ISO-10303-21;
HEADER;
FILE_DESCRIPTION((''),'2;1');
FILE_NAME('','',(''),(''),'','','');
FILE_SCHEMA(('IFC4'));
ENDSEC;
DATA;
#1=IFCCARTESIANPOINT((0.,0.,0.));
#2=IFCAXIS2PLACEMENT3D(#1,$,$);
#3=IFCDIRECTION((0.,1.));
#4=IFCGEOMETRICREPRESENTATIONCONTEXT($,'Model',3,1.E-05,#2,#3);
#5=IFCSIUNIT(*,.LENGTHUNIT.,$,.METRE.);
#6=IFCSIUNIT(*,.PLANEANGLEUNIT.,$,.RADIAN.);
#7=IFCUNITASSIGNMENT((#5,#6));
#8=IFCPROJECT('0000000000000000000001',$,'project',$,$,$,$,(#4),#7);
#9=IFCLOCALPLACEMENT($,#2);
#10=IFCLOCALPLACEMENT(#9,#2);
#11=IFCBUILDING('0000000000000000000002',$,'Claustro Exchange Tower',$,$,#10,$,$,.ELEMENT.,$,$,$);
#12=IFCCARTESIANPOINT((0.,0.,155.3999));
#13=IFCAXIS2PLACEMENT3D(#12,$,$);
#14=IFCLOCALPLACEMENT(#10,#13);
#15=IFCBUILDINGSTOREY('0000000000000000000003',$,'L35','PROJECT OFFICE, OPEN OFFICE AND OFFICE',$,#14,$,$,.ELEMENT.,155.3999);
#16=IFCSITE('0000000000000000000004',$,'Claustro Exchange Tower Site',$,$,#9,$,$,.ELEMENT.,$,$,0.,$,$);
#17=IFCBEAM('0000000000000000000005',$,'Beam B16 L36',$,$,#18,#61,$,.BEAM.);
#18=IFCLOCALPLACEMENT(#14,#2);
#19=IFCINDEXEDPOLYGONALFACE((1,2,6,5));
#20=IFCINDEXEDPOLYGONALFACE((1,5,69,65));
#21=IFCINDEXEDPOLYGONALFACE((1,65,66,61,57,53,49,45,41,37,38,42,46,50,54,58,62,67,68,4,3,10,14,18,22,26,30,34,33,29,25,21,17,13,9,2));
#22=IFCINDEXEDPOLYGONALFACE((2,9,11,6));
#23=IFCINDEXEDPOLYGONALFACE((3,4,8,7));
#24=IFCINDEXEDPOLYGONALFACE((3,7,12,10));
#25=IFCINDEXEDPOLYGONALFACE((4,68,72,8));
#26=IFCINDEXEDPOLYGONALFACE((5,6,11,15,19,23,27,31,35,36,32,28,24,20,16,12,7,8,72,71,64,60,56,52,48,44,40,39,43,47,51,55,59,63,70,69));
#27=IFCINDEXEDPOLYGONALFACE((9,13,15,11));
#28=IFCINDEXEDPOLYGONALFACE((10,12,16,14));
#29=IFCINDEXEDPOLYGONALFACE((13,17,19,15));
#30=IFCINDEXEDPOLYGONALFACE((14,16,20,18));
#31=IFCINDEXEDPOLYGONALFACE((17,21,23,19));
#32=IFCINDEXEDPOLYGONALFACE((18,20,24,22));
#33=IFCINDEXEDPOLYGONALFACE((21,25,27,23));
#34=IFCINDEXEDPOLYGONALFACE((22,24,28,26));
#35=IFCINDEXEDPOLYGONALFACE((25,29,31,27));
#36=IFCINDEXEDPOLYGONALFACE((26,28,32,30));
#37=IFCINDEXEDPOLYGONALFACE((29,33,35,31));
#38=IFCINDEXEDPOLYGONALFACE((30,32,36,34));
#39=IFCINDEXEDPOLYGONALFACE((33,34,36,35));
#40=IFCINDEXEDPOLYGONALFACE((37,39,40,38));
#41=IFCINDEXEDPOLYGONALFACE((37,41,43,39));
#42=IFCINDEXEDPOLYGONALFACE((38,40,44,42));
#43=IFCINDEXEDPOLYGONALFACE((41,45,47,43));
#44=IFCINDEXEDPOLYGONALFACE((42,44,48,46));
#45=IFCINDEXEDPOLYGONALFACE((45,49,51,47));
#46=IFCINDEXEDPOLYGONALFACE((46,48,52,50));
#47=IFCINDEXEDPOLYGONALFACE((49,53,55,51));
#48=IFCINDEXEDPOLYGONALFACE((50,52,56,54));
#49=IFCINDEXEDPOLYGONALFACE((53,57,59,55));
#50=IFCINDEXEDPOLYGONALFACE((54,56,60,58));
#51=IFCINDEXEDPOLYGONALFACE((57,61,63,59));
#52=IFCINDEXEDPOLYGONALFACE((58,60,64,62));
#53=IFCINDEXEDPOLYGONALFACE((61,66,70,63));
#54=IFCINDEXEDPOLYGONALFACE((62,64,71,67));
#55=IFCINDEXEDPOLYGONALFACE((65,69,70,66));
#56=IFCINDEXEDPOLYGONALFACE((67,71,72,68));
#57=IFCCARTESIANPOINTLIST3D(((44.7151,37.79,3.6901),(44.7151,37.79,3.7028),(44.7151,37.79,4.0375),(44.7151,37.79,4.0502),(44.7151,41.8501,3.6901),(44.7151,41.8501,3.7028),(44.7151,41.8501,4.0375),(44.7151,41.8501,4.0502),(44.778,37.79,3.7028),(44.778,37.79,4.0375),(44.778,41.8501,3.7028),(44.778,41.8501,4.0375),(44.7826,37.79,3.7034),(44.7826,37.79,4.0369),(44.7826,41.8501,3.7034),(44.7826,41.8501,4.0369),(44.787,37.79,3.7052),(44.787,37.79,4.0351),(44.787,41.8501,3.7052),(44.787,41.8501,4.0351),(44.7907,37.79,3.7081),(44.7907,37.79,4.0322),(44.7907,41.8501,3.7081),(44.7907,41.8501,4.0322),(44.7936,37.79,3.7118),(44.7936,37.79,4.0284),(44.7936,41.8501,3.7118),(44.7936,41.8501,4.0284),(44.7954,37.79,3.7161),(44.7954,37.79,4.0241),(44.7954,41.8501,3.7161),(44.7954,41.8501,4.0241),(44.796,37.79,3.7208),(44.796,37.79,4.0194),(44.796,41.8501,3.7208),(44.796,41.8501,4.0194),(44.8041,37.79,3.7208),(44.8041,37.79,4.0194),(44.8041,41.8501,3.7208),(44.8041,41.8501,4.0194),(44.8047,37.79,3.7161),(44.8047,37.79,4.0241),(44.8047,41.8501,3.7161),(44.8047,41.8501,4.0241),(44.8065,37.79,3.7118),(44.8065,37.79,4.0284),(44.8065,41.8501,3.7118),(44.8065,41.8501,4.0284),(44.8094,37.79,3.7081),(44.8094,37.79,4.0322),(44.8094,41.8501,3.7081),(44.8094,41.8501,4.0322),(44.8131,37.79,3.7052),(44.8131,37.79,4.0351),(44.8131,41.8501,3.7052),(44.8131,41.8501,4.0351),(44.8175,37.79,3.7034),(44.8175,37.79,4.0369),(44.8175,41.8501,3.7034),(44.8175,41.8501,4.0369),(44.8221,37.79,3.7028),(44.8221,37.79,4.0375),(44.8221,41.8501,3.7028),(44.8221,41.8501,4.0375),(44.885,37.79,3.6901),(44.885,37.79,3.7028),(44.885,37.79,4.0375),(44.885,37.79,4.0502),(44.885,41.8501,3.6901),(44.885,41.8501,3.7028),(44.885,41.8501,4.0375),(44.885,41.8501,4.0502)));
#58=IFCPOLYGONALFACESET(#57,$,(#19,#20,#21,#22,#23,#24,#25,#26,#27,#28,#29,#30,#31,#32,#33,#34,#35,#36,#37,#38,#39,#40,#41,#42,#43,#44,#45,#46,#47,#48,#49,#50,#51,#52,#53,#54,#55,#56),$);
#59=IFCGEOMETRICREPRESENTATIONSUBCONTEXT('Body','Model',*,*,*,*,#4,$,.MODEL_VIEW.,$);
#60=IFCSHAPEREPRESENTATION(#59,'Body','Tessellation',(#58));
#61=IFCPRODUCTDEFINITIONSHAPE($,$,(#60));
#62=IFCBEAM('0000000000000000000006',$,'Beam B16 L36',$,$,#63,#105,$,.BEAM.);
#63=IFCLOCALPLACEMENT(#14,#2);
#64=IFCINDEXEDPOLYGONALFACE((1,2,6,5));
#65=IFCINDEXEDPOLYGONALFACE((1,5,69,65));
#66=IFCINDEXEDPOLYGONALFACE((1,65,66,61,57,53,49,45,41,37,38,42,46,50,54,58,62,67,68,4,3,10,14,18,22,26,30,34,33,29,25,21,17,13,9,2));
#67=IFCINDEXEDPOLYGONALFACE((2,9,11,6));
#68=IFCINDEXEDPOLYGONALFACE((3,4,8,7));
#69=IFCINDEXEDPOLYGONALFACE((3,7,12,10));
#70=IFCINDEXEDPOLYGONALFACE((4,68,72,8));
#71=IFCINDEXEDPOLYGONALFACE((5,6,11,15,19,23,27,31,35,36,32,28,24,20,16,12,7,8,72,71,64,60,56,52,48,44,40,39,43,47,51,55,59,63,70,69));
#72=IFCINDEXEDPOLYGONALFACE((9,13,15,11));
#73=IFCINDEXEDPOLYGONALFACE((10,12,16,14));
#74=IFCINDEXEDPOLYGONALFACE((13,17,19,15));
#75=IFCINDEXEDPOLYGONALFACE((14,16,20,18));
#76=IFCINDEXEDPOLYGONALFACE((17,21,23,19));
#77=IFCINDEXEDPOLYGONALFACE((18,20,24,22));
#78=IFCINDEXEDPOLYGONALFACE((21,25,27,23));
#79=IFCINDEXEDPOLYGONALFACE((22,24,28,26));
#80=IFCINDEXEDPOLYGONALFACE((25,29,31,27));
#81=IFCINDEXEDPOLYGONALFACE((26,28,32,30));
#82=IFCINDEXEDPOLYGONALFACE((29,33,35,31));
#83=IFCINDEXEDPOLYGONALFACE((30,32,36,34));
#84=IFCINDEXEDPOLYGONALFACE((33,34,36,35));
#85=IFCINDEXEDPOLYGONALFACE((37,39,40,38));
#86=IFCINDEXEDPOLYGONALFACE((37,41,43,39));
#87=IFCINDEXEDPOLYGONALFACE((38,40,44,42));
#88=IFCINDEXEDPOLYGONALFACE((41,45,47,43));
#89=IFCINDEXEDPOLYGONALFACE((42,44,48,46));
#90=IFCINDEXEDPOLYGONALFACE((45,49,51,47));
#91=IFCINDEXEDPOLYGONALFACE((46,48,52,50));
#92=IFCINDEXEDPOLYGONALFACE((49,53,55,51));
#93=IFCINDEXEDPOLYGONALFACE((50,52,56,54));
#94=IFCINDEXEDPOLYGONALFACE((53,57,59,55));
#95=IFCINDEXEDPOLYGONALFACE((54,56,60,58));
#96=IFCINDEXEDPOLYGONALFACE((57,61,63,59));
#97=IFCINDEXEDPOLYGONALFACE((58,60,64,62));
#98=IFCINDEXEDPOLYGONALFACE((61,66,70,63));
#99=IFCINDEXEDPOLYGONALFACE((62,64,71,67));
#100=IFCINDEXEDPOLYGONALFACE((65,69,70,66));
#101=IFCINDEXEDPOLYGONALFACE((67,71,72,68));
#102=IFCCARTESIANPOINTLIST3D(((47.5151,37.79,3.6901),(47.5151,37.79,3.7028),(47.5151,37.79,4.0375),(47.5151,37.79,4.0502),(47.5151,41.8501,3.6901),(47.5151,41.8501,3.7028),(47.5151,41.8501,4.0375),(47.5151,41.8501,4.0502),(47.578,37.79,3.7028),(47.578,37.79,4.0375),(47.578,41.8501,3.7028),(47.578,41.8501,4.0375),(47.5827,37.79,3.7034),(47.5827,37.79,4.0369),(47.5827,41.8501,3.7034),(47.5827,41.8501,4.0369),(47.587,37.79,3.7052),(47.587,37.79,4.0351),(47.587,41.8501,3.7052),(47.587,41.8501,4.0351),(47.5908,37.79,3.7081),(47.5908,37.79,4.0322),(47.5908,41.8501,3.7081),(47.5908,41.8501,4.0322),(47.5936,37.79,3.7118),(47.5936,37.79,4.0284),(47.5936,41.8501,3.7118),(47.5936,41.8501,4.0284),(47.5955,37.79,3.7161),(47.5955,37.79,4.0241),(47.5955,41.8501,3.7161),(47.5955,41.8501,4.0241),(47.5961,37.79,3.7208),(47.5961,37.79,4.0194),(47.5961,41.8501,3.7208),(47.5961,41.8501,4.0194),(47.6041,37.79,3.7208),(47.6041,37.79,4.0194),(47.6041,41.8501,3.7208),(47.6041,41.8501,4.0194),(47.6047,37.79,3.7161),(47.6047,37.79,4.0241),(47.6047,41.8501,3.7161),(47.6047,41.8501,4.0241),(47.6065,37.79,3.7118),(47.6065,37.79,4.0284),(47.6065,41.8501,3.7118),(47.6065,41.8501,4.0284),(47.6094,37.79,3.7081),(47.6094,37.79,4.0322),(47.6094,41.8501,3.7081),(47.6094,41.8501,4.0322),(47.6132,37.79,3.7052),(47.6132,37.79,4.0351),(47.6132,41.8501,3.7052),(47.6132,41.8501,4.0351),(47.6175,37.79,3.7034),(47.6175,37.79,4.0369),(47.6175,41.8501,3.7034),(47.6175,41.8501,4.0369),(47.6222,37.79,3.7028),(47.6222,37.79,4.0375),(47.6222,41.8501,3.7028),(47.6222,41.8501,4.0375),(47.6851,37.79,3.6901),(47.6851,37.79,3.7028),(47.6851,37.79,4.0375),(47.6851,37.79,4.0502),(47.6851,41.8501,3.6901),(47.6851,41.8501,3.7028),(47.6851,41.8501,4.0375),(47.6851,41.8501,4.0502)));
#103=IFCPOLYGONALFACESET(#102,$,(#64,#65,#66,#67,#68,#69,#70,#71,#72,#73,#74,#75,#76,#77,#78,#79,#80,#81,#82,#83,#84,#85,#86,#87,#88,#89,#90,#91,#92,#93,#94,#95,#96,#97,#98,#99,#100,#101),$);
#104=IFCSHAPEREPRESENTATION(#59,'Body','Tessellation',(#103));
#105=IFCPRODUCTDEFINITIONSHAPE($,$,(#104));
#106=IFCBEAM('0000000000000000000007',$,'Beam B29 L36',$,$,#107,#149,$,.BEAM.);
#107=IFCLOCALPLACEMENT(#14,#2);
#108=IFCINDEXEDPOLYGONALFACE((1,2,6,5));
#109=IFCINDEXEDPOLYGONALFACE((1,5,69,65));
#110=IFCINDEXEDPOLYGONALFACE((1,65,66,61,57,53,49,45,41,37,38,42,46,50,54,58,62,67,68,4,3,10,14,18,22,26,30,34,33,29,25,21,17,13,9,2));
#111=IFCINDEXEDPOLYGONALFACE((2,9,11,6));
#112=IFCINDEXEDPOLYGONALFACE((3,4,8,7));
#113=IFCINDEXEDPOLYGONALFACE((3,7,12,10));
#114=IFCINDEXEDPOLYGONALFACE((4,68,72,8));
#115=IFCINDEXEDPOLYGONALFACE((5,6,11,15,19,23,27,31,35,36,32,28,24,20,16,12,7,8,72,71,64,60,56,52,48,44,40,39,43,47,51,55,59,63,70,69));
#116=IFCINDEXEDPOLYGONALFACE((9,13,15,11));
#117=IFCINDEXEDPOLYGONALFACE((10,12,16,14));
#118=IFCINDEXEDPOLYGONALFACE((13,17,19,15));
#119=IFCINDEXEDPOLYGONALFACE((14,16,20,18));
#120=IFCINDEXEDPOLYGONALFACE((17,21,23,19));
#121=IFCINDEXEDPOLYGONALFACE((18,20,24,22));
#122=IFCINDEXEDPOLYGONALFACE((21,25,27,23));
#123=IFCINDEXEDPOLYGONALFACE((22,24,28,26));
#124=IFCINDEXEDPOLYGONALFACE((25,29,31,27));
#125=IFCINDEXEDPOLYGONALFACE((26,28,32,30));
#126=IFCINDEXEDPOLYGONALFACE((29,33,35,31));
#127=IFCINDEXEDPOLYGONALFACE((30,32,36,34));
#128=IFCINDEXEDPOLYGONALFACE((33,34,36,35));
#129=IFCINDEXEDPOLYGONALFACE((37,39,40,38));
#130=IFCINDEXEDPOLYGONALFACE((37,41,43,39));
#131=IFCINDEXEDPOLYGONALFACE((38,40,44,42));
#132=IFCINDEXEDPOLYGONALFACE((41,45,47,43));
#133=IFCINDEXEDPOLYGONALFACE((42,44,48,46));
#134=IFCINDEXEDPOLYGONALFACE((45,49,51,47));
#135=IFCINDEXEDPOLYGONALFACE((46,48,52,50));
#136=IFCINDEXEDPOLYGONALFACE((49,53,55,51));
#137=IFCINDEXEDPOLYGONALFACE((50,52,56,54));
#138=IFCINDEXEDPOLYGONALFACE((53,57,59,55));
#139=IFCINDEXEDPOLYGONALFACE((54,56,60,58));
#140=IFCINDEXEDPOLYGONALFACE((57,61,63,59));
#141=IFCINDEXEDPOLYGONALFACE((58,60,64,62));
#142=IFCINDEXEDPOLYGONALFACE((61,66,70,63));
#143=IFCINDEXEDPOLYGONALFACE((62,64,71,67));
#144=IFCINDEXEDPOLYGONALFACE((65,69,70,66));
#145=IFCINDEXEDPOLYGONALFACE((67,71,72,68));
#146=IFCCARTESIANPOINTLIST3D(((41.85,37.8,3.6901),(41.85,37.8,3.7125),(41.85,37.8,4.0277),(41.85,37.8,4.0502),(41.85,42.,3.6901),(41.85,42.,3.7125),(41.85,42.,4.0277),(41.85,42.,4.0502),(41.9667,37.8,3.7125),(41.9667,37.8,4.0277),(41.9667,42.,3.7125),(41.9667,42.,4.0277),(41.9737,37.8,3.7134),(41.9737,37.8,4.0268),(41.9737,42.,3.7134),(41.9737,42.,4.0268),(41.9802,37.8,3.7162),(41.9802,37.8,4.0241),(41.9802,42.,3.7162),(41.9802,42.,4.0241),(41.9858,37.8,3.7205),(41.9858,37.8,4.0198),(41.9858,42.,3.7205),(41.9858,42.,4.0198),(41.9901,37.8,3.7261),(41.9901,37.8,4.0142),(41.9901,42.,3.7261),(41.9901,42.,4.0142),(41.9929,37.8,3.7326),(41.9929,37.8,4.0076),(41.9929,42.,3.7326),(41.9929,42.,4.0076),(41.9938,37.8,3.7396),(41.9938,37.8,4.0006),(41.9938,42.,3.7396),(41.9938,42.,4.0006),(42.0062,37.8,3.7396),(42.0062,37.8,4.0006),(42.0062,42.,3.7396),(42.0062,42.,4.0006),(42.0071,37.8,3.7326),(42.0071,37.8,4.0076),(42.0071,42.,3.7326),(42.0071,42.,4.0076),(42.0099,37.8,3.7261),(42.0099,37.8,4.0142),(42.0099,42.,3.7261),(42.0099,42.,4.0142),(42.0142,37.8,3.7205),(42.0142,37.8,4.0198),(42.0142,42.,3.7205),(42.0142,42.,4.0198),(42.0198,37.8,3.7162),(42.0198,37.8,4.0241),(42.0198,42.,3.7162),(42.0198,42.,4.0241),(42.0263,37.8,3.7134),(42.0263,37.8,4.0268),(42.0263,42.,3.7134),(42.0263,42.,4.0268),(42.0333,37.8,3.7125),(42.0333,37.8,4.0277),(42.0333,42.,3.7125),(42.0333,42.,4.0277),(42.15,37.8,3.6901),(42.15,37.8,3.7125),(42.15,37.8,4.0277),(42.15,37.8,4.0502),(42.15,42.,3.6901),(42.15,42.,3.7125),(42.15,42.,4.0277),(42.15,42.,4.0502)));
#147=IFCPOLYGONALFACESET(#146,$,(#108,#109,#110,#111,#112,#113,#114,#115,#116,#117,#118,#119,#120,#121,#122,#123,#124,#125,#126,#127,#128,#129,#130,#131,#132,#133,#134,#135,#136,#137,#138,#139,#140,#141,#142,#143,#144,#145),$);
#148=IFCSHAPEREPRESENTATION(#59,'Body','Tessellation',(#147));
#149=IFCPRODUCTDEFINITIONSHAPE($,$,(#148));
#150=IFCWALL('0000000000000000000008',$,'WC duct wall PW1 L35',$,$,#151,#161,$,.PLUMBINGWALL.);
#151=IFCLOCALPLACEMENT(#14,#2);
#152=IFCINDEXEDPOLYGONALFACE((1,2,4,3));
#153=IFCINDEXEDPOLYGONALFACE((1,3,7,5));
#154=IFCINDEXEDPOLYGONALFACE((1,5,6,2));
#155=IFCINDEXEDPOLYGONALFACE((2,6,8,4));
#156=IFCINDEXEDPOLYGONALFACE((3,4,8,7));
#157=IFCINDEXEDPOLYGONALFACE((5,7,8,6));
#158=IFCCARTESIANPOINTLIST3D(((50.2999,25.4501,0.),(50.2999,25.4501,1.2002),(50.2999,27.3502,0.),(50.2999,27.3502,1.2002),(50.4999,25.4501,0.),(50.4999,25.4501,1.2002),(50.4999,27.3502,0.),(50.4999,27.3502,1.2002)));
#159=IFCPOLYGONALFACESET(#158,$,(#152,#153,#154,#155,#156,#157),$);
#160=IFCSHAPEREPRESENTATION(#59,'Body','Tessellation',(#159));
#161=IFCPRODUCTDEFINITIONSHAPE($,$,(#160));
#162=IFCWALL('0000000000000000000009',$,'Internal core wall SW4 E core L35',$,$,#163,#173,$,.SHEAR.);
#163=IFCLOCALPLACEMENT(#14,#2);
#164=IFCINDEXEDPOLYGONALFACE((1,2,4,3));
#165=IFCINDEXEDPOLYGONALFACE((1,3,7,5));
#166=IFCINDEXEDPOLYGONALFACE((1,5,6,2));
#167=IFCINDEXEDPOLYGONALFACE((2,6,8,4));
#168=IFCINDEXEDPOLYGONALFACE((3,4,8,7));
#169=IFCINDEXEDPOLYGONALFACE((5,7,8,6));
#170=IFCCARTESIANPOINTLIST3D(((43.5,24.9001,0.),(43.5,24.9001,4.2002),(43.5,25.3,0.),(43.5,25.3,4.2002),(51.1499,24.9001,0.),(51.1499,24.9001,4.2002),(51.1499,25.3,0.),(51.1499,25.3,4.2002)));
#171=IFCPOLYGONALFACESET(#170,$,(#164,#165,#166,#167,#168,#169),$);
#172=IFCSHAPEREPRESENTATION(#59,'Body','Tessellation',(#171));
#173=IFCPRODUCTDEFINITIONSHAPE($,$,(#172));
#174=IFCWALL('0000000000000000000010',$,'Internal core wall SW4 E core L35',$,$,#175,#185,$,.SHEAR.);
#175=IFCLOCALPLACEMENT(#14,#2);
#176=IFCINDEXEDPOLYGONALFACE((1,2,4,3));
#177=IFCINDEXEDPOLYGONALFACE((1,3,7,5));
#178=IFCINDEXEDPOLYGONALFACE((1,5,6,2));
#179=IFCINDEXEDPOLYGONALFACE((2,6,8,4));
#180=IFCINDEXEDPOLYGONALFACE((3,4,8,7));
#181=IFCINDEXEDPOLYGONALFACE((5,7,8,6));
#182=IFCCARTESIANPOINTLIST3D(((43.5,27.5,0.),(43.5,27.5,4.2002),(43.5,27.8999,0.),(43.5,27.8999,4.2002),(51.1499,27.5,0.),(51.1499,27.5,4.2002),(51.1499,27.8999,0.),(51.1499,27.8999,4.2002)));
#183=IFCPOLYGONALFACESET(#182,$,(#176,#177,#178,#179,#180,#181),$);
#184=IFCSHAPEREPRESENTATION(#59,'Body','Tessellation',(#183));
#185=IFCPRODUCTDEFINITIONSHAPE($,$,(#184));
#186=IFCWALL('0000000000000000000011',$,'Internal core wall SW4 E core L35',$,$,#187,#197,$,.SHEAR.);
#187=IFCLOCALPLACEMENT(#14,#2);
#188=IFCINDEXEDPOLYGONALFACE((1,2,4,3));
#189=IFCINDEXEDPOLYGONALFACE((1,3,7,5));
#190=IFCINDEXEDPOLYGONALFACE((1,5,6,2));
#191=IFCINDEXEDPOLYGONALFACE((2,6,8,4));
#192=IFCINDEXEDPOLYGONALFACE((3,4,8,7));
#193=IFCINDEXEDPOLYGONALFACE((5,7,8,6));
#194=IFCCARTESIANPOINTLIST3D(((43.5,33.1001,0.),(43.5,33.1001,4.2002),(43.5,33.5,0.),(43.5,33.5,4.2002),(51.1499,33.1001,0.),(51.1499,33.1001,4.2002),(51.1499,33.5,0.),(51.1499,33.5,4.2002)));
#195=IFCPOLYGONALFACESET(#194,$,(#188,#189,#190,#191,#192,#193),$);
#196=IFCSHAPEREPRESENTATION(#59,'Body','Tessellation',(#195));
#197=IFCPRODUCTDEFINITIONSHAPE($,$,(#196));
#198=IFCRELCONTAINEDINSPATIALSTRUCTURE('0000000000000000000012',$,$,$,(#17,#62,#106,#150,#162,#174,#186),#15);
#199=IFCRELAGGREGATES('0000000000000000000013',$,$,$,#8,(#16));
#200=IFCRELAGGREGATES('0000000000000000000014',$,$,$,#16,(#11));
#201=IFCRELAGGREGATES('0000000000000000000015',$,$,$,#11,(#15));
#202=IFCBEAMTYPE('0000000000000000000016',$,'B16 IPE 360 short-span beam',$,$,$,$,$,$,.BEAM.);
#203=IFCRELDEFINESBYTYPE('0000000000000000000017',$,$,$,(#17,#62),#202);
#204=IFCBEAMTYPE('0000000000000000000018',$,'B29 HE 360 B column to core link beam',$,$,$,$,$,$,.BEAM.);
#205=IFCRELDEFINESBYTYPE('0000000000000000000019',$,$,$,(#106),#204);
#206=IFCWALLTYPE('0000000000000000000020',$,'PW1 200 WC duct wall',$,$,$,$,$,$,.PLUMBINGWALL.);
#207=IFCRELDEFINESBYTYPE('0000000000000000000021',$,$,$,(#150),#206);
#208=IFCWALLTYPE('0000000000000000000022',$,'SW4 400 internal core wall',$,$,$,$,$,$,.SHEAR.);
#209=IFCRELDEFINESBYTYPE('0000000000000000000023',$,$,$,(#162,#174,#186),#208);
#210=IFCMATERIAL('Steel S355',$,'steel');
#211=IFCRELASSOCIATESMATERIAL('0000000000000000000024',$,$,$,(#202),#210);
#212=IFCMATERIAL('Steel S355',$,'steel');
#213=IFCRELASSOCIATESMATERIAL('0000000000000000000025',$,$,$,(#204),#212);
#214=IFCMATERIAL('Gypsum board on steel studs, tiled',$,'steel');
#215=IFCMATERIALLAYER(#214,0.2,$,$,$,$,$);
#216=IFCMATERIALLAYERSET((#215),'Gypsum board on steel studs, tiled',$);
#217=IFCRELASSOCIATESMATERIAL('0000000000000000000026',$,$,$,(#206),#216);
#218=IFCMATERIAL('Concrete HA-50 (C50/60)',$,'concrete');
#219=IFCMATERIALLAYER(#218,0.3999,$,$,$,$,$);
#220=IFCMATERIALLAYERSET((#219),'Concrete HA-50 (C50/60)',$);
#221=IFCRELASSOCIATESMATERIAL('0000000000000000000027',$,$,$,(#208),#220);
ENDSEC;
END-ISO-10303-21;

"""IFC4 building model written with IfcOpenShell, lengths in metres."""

from ifc_helpers import new_model, si_unit, direction, frame, frame_2d, origin, origin_2d, place, context, subcontext, project, spatial, rectangle, i_section, extrude, material, layer, layer_set, material_profile, profile_set, type_object, element, save


model = new_model("IFC4")

# Units and contexts
model_context = context("Model", 3, precision=1e-05, world=origin(), true_north=direction((0.0, 1.0)))
body_context = subcontext(model_context, "Body", "Model", "MODEL_VIEW")
ifc_project = project(units=[si_unit("LENGTHUNIT", "METRE"), si_unit("PLANEANGLEUNIT", "RADIAN")], contexts=[model_context])

# Site, building, storey
site_placement = place(None, origin())
site = spatial("IfcSite", under=ifc_project, at=site_placement, Name="Claustro Exchange Tower Site", CompositionType="ELEMENT", RefElevation=0.0)
building_placement = place(site_placement, origin())
building = spatial("IfcBuilding", under=site, at=building_placement, Name="Claustro Exchange Tower", CompositionType="ELEMENT")
storey_placement = place(building_placement, frame((0.0, 0.0, 155.3999)))
storey = spatial("IfcBuildingStorey", under=building, at=storey_placement, Name="L35", Description="PROJECT OFFICE, OPEN OFFICE AND OFFICE", CompositionType="ELEMENT", Elevation=155.3999)

# Beams
ifc_material_1 = material(Name="Steel S355", Category="steel")
ifc_material_profile_1 = material_profile(ifc_material_1, i_section(OverallWidth=0.1699, OverallDepth=0.3601, WebThickness=0.0081, FlangeThickness=0.0127, FilletRadius=0.0181, at=origin_2d()), Name="IPE 360")
ifc_profile_set_1 = profile_set([ifc_material_profile_1], Name="Steel S355")
beam_type_1 = type_object("IfcBeamType", Name="B16 IPE 360 short-span beam", PredefinedType="BEAM", material=ifc_profile_set_1)
for number, where, z_axis, x_axis, name in (
    (1, (44.8, 37.79, 3.8701), (0.0, 1.0, 0.0), (-1.0, 0.0, 0.0), "Beam B16 L36"),
    (2, (47.6001, 37.79, 3.8701), (0.0, 1.0, 0.0), (-1.0, 0.0, 0.0), "Beam B16 L36"),
):
    element("IfcBeam", number, at=place(storey_placement, frame(where, z_axis=z_axis, x_axis=x_axis)), inside=storey, type_object=beam_type_1, Name=name, PredefinedType="BEAM", context=body_context, shape_type="SweptSolid", body=[
        extrude(i_section(OverallWidth=0.1699, OverallDepth=0.3601, WebThickness=0.0081, FlangeThickness=0.0127, FilletRadius=0.0181, at=origin_2d()), origin(), (0.0, 0.0, 1.0), 4.0601),
    ])
ifc_material_2 = material(Name="Steel S355", Category="steel")
ifc_material_profile_2 = material_profile(ifc_material_2, i_section(OverallWidth=0.3, OverallDepth=0.3601, WebThickness=0.0125, FlangeThickness=0.0225, FilletRadius=0.0271, at=origin_2d()), Name="HE 360 B")
ifc_profile_set_2 = profile_set([ifc_material_profile_2], Name="Steel S355")
beam_type_2 = type_object("IfcBeamType", Name="B29 HE 360 B column to core link beam", PredefinedType="BEAM", material=ifc_profile_set_2)
beam_placement = place(storey_placement, frame((42.0, 37.8, 3.8701), z_axis=(0.0, 1.0, 0.0), x_axis=(-1.0, 0.0, 0.0)))
element("IfcBeam", 3, at=beam_placement, inside=storey, type_object=beam_type_2, Name="Beam B29 L36", PredefinedType="BEAM", context=body_context, shape_type="SweptSolid", body=[
    extrude(i_section(OverallWidth=0.3, OverallDepth=0.3601, WebThickness=0.0125, FlangeThickness=0.0225, FilletRadius=0.0271, at=origin_2d()), origin(), (0.0, 0.0, 1.0), 4.2),
])

# Walls
ifc_material_3 = material(Name="Gypsum board on steel studs, tiled", Category="steel")
ifc_layer_1 = layer(ifc_material_3, 0.2)
ifc_layer_set_1 = layer_set([ifc_layer_1], Name="Gypsum board on steel studs, tiled")
wall_type_1 = type_object("IfcWallType", Name="PW1 200 WC duct wall", PredefinedType="PLUMBINGWALL", material=ifc_layer_set_1)
wall_1_placement = place(storey_placement, frame((50.3999, 25.45, 0.0), z_axis=(0.0, 0.0, 1.0), x_axis=(0.0, 1.0, 0.0)))
element("IfcWall", 4, at=wall_1_placement, inside=storey, type_object=wall_type_1, Name="WC duct wall PW1 L35", PredefinedType="PLUMBINGWALL", context=body_context, shape_type="SweptSolid", body=[
    extrude(rectangle(XDim=1.9001, YDim=0.2, at=frame_2d((0.9502, 0.0))), origin(), (0.0, 0.0, 1.0), 1.2002),
])
ifc_material_4 = material(Name="Concrete HA-50 (C50/60)", Category="concrete")
ifc_layer_2 = layer(ifc_material_4, 0.3999)
ifc_layer_set_2 = layer_set([ifc_layer_2], Name="Concrete HA-50 (C50/60)")
wall_type_2 = type_object("IfcWallType", Name="SW4 400 internal core wall", PredefinedType="SHEAR", material=ifc_layer_set_2)
for number, where, z_axis, x_axis, name in (
    (5, (51.1499, 25.1001, 0.0), (0.0, 0.0, 1.0), (-1.0, 0.0, 0.0), "Internal core wall SW4 E core L35"),
    (6, (51.1499, 27.7, 0.0), (0.0, 0.0, 1.0), (-1.0, 0.0, 0.0), "Internal core wall SW4 E core L35"),
    (7, (51.1499, 33.3, 0.0), (0.0, 0.0, 1.0), (-1.0, 0.0, 0.0), "Internal core wall SW4 E core L35"),
):
    element("IfcWall", number, at=place(storey_placement, frame(where, z_axis=z_axis, x_axis=x_axis)), inside=storey, type_object=wall_type_2, Name=name, PredefinedType="SHEAR", context=body_context, shape_type="SweptSolid", body=[
        extrude(rectangle(XDim=7.6499, YDim=0.3999, at=frame_2d((3.825, 0.0))), origin(), (0.0, 0.0, 1.0), 4.2002),
    ])

save(model, "model.ifc")
